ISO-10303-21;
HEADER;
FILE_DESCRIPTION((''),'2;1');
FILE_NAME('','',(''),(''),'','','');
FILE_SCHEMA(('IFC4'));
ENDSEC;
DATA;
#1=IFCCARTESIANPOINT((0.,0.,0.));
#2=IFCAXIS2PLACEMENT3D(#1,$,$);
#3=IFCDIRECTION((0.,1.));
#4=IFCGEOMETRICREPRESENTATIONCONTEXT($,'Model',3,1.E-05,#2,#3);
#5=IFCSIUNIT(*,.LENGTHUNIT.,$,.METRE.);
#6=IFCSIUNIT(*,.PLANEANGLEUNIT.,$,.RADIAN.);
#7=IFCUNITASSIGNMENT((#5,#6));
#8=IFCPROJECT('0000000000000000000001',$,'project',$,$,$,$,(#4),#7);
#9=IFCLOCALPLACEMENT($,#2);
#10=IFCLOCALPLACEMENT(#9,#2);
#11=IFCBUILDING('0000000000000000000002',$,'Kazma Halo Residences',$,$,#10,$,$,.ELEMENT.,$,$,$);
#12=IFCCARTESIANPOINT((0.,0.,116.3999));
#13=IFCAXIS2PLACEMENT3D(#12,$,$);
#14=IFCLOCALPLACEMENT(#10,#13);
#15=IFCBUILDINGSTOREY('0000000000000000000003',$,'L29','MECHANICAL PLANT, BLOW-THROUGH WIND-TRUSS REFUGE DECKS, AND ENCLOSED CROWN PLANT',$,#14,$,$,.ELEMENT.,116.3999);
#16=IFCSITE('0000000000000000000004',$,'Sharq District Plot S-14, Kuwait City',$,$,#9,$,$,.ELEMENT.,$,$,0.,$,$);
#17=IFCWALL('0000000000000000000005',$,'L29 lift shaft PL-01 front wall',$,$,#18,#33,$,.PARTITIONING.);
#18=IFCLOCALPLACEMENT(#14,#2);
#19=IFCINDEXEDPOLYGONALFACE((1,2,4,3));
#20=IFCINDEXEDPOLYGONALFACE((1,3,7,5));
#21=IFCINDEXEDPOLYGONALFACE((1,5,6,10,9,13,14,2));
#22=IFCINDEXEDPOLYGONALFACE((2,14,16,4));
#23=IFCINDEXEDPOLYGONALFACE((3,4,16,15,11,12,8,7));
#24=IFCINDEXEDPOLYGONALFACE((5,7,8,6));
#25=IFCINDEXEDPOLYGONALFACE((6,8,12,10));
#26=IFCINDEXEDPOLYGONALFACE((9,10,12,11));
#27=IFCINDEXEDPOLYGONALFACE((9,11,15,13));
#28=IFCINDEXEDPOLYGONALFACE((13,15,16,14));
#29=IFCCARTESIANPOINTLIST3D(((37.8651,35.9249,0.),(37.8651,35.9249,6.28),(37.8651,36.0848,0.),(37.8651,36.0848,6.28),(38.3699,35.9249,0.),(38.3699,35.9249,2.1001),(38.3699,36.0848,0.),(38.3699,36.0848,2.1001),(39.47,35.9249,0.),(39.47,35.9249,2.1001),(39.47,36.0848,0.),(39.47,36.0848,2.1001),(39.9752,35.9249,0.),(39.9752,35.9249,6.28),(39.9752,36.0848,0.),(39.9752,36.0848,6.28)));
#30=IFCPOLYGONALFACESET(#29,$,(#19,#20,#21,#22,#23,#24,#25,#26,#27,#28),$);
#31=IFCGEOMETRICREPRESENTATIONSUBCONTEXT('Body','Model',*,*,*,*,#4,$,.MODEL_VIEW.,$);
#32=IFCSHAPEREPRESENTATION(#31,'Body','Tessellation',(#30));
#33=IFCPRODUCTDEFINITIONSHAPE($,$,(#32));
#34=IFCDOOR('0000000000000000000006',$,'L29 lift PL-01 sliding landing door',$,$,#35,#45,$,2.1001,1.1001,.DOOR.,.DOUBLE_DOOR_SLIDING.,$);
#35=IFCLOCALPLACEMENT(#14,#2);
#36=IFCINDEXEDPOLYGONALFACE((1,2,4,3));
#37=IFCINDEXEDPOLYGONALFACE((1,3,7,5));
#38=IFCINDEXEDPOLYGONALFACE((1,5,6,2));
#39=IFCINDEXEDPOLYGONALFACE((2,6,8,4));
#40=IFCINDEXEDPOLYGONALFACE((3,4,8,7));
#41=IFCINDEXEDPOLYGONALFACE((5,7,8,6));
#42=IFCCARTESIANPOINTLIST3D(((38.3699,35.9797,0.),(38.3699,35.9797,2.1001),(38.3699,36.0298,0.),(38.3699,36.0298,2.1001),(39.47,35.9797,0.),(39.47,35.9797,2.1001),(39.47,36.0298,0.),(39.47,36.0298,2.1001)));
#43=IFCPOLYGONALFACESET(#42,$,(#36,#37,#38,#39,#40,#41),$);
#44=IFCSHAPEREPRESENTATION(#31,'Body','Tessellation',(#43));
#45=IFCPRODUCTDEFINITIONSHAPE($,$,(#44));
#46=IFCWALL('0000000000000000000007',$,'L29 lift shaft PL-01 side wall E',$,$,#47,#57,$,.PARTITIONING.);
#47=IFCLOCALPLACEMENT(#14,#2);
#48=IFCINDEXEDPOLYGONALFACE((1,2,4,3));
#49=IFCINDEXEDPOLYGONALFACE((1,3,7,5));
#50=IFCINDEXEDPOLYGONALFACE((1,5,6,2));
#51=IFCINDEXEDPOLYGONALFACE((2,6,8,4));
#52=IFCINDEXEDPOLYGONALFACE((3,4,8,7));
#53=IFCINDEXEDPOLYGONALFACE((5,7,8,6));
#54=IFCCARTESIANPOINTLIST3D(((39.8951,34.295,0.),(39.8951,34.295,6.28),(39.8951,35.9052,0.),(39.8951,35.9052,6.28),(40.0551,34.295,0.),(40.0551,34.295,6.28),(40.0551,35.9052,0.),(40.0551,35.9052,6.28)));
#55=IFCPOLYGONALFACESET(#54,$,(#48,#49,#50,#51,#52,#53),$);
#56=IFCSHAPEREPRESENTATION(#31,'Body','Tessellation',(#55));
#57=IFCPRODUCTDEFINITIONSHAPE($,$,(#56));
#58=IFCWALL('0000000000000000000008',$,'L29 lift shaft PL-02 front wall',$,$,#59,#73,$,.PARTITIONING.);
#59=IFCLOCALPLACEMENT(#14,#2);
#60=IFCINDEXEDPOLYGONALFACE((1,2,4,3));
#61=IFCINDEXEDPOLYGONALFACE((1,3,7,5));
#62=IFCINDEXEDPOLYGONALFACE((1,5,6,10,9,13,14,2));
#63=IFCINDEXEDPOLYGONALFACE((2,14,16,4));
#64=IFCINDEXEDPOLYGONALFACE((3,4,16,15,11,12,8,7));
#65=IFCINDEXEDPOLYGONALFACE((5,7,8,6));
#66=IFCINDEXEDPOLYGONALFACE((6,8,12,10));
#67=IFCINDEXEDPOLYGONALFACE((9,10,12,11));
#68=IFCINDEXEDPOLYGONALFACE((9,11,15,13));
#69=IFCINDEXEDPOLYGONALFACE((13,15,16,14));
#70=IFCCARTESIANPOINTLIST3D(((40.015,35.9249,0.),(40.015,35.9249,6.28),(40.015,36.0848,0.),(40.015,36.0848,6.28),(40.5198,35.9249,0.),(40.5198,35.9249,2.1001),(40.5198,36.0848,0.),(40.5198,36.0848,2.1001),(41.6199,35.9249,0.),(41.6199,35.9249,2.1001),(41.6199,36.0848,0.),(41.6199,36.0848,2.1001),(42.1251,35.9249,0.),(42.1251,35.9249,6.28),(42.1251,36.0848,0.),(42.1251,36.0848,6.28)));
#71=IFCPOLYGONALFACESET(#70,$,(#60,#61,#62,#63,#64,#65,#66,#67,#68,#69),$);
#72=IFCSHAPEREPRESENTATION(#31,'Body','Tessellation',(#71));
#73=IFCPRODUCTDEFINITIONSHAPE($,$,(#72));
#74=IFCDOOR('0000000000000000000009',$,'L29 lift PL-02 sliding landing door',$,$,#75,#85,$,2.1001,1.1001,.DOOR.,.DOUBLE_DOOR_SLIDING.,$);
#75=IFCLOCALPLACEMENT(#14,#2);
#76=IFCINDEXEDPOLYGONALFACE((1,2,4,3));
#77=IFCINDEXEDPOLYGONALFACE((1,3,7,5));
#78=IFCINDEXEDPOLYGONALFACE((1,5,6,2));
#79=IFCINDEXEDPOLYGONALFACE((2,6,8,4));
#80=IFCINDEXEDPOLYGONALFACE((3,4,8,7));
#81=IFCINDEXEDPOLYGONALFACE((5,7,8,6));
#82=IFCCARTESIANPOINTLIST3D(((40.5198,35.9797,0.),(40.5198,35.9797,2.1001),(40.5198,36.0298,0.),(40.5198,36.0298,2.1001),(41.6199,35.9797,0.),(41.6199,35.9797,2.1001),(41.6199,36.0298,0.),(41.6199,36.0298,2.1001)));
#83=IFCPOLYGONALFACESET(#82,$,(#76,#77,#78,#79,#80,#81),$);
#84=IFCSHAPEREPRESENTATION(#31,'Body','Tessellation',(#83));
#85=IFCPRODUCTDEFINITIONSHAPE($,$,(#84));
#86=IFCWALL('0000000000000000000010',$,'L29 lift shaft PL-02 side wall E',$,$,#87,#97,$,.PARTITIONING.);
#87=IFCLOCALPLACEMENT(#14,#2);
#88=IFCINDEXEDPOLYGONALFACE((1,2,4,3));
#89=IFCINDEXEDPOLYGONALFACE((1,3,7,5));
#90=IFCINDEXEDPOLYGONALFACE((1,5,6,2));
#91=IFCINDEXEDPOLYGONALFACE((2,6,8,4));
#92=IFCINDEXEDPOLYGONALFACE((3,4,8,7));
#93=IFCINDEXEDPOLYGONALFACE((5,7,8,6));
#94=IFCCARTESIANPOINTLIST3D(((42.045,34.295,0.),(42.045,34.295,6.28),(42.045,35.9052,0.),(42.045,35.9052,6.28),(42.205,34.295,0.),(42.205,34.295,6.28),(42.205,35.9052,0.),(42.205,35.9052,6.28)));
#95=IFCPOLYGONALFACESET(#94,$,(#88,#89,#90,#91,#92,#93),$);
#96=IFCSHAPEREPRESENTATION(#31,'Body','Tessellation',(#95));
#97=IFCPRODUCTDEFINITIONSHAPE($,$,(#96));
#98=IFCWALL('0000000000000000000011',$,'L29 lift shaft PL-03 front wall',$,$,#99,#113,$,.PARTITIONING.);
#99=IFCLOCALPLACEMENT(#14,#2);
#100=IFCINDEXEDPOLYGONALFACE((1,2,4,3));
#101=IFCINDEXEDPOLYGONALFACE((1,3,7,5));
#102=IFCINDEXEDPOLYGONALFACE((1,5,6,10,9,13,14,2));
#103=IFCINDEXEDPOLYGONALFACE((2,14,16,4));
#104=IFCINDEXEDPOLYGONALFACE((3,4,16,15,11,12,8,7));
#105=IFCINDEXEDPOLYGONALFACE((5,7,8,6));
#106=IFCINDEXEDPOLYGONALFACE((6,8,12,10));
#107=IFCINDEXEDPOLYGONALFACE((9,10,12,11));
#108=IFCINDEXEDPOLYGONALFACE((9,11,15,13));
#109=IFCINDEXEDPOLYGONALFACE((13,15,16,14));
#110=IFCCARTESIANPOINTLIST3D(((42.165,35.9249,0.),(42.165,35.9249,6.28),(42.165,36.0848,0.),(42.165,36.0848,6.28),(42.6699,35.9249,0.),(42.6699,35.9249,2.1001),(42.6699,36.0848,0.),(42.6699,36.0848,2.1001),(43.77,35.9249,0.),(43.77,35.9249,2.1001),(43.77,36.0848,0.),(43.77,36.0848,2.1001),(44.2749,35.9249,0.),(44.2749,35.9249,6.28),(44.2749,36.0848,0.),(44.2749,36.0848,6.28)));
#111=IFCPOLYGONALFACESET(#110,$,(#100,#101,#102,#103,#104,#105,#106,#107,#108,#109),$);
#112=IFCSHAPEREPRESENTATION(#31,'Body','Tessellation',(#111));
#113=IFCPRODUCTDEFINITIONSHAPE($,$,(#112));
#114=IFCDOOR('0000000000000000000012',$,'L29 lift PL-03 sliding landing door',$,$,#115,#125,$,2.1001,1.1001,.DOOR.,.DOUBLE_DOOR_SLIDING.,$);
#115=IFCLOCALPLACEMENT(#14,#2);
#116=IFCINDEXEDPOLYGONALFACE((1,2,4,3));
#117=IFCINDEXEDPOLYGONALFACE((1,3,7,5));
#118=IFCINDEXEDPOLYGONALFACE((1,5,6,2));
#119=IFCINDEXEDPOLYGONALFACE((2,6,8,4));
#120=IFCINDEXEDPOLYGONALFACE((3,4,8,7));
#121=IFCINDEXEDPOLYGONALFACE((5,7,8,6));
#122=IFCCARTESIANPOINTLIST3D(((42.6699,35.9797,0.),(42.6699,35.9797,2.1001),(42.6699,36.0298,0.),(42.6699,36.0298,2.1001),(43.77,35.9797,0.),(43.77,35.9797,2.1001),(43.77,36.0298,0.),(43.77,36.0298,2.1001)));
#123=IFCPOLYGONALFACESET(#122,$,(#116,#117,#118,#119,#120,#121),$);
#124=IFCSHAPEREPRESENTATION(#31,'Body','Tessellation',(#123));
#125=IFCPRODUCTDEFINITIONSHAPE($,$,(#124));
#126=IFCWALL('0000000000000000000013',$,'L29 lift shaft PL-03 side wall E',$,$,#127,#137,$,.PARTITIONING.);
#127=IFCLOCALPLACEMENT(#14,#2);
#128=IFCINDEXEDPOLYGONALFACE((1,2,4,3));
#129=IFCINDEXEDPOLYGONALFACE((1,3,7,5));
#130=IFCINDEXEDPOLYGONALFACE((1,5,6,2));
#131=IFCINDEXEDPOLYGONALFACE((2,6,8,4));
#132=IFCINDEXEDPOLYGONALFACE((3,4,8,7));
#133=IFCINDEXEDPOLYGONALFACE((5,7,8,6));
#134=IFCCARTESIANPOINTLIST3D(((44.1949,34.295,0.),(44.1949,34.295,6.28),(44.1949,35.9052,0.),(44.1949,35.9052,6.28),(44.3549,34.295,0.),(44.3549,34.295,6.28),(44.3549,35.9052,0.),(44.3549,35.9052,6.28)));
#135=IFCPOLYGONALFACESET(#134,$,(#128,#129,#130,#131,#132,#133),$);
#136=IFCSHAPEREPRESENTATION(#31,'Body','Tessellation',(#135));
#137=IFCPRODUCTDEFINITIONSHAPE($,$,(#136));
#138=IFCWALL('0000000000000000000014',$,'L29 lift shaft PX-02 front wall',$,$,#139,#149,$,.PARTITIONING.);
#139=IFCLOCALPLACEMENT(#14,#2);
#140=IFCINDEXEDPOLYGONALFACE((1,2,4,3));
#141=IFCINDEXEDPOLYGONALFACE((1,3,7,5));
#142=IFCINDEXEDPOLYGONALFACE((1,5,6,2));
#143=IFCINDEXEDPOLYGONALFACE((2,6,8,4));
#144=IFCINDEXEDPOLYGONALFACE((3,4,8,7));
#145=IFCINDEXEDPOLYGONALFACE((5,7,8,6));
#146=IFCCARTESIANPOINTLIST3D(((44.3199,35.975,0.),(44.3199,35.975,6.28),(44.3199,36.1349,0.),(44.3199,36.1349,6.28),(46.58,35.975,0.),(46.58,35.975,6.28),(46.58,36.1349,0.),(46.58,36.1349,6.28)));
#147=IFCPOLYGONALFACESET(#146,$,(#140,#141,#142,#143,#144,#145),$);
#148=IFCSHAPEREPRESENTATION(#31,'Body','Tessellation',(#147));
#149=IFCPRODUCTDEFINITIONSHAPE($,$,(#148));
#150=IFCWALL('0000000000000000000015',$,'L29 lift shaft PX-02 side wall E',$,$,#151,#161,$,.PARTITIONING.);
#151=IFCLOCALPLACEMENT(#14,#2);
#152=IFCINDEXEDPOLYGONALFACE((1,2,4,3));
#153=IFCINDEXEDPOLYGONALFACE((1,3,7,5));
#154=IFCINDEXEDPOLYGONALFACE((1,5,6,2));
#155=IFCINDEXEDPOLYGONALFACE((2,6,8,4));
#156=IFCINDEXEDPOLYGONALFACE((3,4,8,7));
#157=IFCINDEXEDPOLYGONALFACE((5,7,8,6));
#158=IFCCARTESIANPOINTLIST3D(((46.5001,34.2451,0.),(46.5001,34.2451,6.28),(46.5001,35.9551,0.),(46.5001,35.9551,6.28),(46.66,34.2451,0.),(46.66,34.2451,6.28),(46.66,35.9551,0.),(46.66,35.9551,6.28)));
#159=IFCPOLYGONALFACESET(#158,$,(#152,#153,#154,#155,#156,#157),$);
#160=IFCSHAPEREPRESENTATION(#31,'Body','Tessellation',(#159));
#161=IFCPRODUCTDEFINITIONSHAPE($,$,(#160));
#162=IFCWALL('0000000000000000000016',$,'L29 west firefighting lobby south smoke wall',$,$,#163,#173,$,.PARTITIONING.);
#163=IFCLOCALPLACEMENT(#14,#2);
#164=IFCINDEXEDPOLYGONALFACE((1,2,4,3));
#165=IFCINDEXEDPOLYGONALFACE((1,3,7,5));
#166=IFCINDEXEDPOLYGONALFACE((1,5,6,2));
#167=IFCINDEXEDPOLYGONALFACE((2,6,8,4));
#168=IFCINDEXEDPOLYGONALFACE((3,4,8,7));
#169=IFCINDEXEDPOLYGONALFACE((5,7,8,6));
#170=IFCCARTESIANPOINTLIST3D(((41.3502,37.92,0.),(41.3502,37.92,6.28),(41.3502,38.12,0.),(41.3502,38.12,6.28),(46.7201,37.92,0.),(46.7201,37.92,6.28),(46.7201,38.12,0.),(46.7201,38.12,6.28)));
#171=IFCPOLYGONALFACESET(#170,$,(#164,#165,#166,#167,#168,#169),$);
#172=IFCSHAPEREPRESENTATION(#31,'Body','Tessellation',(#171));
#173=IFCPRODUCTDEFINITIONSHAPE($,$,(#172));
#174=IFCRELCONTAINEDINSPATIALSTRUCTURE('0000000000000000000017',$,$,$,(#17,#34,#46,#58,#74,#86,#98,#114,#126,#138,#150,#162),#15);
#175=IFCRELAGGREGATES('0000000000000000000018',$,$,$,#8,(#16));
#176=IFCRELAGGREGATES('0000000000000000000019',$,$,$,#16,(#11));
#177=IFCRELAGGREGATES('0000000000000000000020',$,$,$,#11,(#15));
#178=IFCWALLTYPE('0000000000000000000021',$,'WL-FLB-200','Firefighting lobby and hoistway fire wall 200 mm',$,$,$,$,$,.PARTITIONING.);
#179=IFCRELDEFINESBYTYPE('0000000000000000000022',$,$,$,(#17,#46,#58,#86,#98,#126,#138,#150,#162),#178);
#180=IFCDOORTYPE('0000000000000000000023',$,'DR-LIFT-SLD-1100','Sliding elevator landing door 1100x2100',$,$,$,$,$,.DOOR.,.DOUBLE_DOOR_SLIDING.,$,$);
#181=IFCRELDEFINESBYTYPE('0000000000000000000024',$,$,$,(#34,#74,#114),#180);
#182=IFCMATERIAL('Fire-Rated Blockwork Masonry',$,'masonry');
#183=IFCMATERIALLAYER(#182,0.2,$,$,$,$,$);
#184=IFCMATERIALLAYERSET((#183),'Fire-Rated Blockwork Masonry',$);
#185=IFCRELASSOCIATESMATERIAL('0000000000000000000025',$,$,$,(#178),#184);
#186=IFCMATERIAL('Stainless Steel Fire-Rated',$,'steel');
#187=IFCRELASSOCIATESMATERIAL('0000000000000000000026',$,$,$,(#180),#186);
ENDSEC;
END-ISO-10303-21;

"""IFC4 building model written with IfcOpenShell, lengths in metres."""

from ifc_helpers import new_model, si_unit, direction, frame, frame_2d, origin, place, context, subcontext, project, spatial, rectangle, extrude, material, layer, layer_set, type_object, element, fill, save


model = new_model("IFC4")

# Units and contexts
model_context = context("Model", 3, precision=1e-05, world=origin(), true_north=direction((0.0, 1.0)))
body_context = subcontext(model_context, "Body", "Model", "MODEL_VIEW")
ifc_project = project(units=[si_unit("LENGTHUNIT", "METRE"), si_unit("PLANEANGLEUNIT", "RADIAN")], contexts=[model_context])

# Site, building, storey
site_placement = place(None, origin())
site = spatial("IfcSite", under=ifc_project, at=site_placement, Name="Sharq District Plot S-14, Kuwait City", CompositionType="ELEMENT", RefElevation=0.0)
building_placement = place(site_placement, origin())
building = spatial("IfcBuilding", under=site, at=building_placement, Name="Kazma Halo Residences", CompositionType="ELEMENT")
storey_placement = place(building_placement, frame((0.0, 0.0, 116.3999)))
storey = spatial("IfcBuildingStorey", under=building, at=storey_placement, Name="L29", Description="MECHANICAL PLANT, BLOW-THROUGH WIND-TRUSS REFUGE DECKS, AND ENCLOSED CROWN PLANT", CompositionType="ELEMENT", Elevation=116.3999)

# Wall, opening, door
ifc_material_1 = material(Name="Fire-Rated Blockwork Masonry", Category="masonry")
ifc_layer_1 = layer(ifc_material_1, 0.2)
ifc_layer_set_1 = layer_set([ifc_layer_1], Name="Fire-Rated Blockwork Masonry")
wall_type_1 = type_object("IfcWallType", Name="WL-FLB-200", Description="Firefighting lobby and hoistway fire wall 200 mm", PredefinedType="PARTITIONING", material=ifc_layer_set_1)
wall_1_placement = place(storey_placement, frame((37.865, 36.0049, 0.0), z_axis=(0.0, 0.0, 1.0), x_axis=(1.0, 0.0, 0.0)))
wall_1 = element("IfcWall", 1, at=wall_1_placement, inside=storey, type_object=wall_type_1, Name="L29 lift shaft PL-01 front wall", PredefinedType="PARTITIONING", context=body_context, shape_type="SweptSolid", body=[
    extrude(rectangle(XDim=2.1101, YDim=0.1599, at=frame_2d((1.0552, 0.0))), origin(), (0.0, 0.0, 1.0), 6.28),
])
opening_1_placement = place(wall_1_placement, frame((0.5049, 0.0, 0.0)))
opening_1 = element("IfcOpeningElement", 2, at=opening_1_placement, cuts=wall_1, PredefinedType="OPENING", context=body_context, shape_type="SweptSolid", body=[
    extrude(rectangle(XDim=1.1001, YDim=2.1001, at=frame_2d((0.55, 1.05))), frame((0.0, 0.0898, 0.0), z_axis=(0.0, -1.0, 0.0), x_axis=(1.0, 0.0, 0.0)), (0.0, 0.0, 1.0), 0.1799),
])
ifc_material_2 = material(Name="Stainless Steel Fire-Rated", Category="steel")
door_type_1 = type_object("IfcDoorType", Name="DR-LIFT-SLD-1100", Description="Sliding elevator landing door 1100x2100", OperationType="DOUBLE_DOOR_SLIDING", PredefinedType="DOOR", material=ifc_material_2)
door_1_placement = place(opening_1_placement, origin())
door_1 = element("IfcDoor", 3, at=door_1_placement, inside=storey, type_object=door_type_1, Name="L29 lift PL-01 sliding landing door", OperationType="DOUBLE_DOOR_SLIDING", OverallHeight=2.1001, OverallWidth=1.1001, PredefinedType="DOOR", context=body_context, shape_type="SweptSolid", body=[
    extrude(rectangle(XDim=1.1001, YDim=2.1001, at=frame_2d((0.55, 1.05))), frame((0.0, 0.0249, 0.0), z_axis=(0.0, -1.0, 0.0), x_axis=(1.0, 0.0, 0.0)), (0.0, 0.0, 1.0), 0.05),
])
fill(opening_1, door_1)

# Wall
wall_2_placement = place(storey_placement, frame((39.9751, 34.2949, 0.0), z_axis=(0.0, 0.0, 1.0), x_axis=(0.0, 1.0, 0.0)))
element("IfcWall", 4, at=wall_2_placement, inside=storey, type_object=wall_type_1, Name="L29 lift shaft PL-01 side wall E", PredefinedType="PARTITIONING", context=body_context, shape_type="SweptSolid", body=[
    extrude(rectangle(XDim=1.6101, YDim=0.1599, at=frame_2d((0.8052, 0.0))), origin(), (0.0, 0.0, 1.0), 6.28),
])

# Wall, opening, door
wall_3_placement = place(storey_placement, frame((40.0149, 36.0049, 0.0), z_axis=(0.0, 0.0, 1.0), x_axis=(1.0, 0.0, 0.0)))
wall_3 = element("IfcWall", 5, at=wall_3_placement, inside=storey, type_object=wall_type_1, Name="L29 lift shaft PL-02 front wall", PredefinedType="PARTITIONING", context=body_context, shape_type="SweptSolid", body=[
    extrude(rectangle(XDim=2.1101, YDim=0.1599, at=frame_2d((1.0552, 0.0))), origin(), (0.0, 0.0, 1.0), 6.28),
])
opening_2_placement = place(wall_3_placement, frame((0.5049, 0.0, 0.0)))
opening_2 = element("IfcOpeningElement", 6, at=opening_2_placement, cuts=wall_3, PredefinedType="OPENING", context=body_context, shape_type="SweptSolid", body=[
    extrude(rectangle(XDim=1.1001, YDim=2.1001, at=frame_2d((0.55, 1.05))), frame((0.0, 0.0898, 0.0), z_axis=(0.0, -1.0, 0.0), x_axis=(1.0, 0.0, 0.0)), (0.0, 0.0, 1.0), 0.1799),
])
door_2_placement = place(opening_2_placement, origin())
door_2 = element("IfcDoor", 7, at=door_2_placement, inside=storey, type_object=door_type_1, Name="L29 lift PL-02 sliding landing door", OperationType="DOUBLE_DOOR_SLIDING", OverallHeight=2.1001, OverallWidth=1.1001, PredefinedType="DOOR", context=body_context, shape_type="SweptSolid", body=[
    extrude(rectangle(XDim=1.1001, YDim=2.1001, at=frame_2d((0.55, 1.05))), frame((0.0, 0.0249, 0.0), z_axis=(0.0, -1.0, 0.0), x_axis=(1.0, 0.0, 0.0)), (0.0, 0.0, 1.0), 0.05),
])
fill(opening_2, door_2)

# Wall
wall_4_placement = place(storey_placement, frame((42.125, 34.2949, 0.0), z_axis=(0.0, 0.0, 1.0), x_axis=(0.0, 1.0, 0.0)))
element("IfcWall", 8, at=wall_4_placement, inside=storey, type_object=wall_type_1, Name="L29 lift shaft PL-02 side wall E", PredefinedType="PARTITIONING", context=body_context, shape_type="SweptSolid", body=[
    extrude(rectangle(XDim=1.6101, YDim=0.1599, at=frame_2d((0.8052, 0.0))), origin(), (0.0, 0.0, 1.0), 6.28),
])

# Wall, opening, door
wall_5_placement = place(storey_placement, frame((42.165, 36.0049, 0.0), z_axis=(0.0, 0.0, 1.0), x_axis=(1.0, 0.0, 0.0)))
wall_5 = element("IfcWall", 9, at=wall_5_placement, inside=storey, type_object=wall_type_1, Name="L29 lift shaft PL-03 front wall", PredefinedType="PARTITIONING", context=body_context, shape_type="SweptSolid", body=[
    extrude(rectangle(XDim=2.1099, YDim=0.1599, at=frame_2d((1.0549, 0.0))), origin(), (0.0, 0.0, 1.0), 6.28),
])
opening_3_placement = place(wall_5_placement, frame((0.5049, 0.0, 0.0)))
opening_3 = element("IfcOpeningElement", 10, at=opening_3_placement, cuts=wall_5, PredefinedType="OPENING", context=body_context, shape_type="SweptSolid", body=[
    extrude(rectangle(XDim=1.1001, YDim=2.1001, at=frame_2d((0.55, 1.05))), frame((0.0, 0.0898, 0.0), z_axis=(0.0, -1.0, 0.0), x_axis=(1.0, 0.0, 0.0)), (0.0, 0.0, 1.0), 0.1799),
])
door_3_placement = place(opening_3_placement, origin())
door_3 = element("IfcDoor", 11, at=door_3_placement, inside=storey, type_object=door_type_1, Name="L29 lift PL-03 sliding landing door", OperationType="DOUBLE_DOOR_SLIDING", OverallHeight=2.1001, OverallWidth=1.1001, PredefinedType="DOOR", context=body_context, shape_type="SweptSolid", body=[
    extrude(rectangle(XDim=1.1001, YDim=2.1001, at=frame_2d((0.55, 1.05))), frame((0.0, 0.0249, 0.0), z_axis=(0.0, -1.0, 0.0), x_axis=(1.0, 0.0, 0.0)), (0.0, 0.0, 1.0), 0.05),
])
fill(opening_3, door_3)

# Walls
wall_6_placement = place(storey_placement, frame((44.2749, 34.2949, 0.0), z_axis=(0.0, 0.0, 1.0), x_axis=(0.0, 1.0, 0.0)))
element("IfcWall", 12, at=wall_6_placement, inside=storey, type_object=wall_type_1, Name="L29 lift shaft PL-03 side wall E", PredefinedType="PARTITIONING", context=body_context, shape_type="SweptSolid", body=[
    extrude(rectangle(XDim=1.6101, YDim=0.1599, at=frame_2d((0.8052, 0.0))), origin(), (0.0, 0.0, 1.0), 6.28),
])
wall_7_placement = place(storey_placement, frame((44.3201, 36.0549, 0.0), z_axis=(0.0, 0.0, 1.0), x_axis=(1.0, 0.0, 0.0)))
element("IfcWall", 13, at=wall_7_placement, inside=storey, type_object=wall_type_1, Name="L29 lift shaft PX-02 front wall", PredefinedType="PARTITIONING", context=body_context, shape_type="SweptSolid", body=[
    extrude(rectangle(XDim=2.26, YDim=0.1599, at=frame_2d((1.1299, 0.0))), origin(), (0.0, 0.0, 1.0), 6.28),
])
wall_8_placement = place(storey_placement, frame((46.5801, 34.2451, 0.0), z_axis=(0.0, 0.0, 1.0), x_axis=(0.0, 1.0, 0.0)))
element("IfcWall", 14, at=wall_8_placement, inside=storey, type_object=wall_type_1, Name="L29 lift shaft PX-02 side wall E", PredefinedType="PARTITIONING", context=body_context, shape_type="SweptSolid", body=[
    extrude(rectangle(XDim=1.71, YDim=0.1599, at=frame_2d((0.855, 0.0))), origin(), (0.0, 0.0, 1.0), 6.28),
])
wall_9_placement = place(storey_placement, frame((41.3501, 38.02, 0.0), z_axis=(0.0, 0.0, 1.0), x_axis=(1.0, 0.0, 0.0)))
element("IfcWall", 15, at=wall_9_placement, inside=storey, type_object=wall_type_1, Name="L29 west firefighting lobby south smoke wall", PredefinedType="PARTITIONING", context=body_context, shape_type="SweptSolid", body=[
    extrude(rectangle(XDim=5.3699, YDim=0.2, at=frame_2d((2.6851, 0.0))), origin(), (0.0, 0.0, 1.0), 6.28),
])

save(model, "model.ifc")
